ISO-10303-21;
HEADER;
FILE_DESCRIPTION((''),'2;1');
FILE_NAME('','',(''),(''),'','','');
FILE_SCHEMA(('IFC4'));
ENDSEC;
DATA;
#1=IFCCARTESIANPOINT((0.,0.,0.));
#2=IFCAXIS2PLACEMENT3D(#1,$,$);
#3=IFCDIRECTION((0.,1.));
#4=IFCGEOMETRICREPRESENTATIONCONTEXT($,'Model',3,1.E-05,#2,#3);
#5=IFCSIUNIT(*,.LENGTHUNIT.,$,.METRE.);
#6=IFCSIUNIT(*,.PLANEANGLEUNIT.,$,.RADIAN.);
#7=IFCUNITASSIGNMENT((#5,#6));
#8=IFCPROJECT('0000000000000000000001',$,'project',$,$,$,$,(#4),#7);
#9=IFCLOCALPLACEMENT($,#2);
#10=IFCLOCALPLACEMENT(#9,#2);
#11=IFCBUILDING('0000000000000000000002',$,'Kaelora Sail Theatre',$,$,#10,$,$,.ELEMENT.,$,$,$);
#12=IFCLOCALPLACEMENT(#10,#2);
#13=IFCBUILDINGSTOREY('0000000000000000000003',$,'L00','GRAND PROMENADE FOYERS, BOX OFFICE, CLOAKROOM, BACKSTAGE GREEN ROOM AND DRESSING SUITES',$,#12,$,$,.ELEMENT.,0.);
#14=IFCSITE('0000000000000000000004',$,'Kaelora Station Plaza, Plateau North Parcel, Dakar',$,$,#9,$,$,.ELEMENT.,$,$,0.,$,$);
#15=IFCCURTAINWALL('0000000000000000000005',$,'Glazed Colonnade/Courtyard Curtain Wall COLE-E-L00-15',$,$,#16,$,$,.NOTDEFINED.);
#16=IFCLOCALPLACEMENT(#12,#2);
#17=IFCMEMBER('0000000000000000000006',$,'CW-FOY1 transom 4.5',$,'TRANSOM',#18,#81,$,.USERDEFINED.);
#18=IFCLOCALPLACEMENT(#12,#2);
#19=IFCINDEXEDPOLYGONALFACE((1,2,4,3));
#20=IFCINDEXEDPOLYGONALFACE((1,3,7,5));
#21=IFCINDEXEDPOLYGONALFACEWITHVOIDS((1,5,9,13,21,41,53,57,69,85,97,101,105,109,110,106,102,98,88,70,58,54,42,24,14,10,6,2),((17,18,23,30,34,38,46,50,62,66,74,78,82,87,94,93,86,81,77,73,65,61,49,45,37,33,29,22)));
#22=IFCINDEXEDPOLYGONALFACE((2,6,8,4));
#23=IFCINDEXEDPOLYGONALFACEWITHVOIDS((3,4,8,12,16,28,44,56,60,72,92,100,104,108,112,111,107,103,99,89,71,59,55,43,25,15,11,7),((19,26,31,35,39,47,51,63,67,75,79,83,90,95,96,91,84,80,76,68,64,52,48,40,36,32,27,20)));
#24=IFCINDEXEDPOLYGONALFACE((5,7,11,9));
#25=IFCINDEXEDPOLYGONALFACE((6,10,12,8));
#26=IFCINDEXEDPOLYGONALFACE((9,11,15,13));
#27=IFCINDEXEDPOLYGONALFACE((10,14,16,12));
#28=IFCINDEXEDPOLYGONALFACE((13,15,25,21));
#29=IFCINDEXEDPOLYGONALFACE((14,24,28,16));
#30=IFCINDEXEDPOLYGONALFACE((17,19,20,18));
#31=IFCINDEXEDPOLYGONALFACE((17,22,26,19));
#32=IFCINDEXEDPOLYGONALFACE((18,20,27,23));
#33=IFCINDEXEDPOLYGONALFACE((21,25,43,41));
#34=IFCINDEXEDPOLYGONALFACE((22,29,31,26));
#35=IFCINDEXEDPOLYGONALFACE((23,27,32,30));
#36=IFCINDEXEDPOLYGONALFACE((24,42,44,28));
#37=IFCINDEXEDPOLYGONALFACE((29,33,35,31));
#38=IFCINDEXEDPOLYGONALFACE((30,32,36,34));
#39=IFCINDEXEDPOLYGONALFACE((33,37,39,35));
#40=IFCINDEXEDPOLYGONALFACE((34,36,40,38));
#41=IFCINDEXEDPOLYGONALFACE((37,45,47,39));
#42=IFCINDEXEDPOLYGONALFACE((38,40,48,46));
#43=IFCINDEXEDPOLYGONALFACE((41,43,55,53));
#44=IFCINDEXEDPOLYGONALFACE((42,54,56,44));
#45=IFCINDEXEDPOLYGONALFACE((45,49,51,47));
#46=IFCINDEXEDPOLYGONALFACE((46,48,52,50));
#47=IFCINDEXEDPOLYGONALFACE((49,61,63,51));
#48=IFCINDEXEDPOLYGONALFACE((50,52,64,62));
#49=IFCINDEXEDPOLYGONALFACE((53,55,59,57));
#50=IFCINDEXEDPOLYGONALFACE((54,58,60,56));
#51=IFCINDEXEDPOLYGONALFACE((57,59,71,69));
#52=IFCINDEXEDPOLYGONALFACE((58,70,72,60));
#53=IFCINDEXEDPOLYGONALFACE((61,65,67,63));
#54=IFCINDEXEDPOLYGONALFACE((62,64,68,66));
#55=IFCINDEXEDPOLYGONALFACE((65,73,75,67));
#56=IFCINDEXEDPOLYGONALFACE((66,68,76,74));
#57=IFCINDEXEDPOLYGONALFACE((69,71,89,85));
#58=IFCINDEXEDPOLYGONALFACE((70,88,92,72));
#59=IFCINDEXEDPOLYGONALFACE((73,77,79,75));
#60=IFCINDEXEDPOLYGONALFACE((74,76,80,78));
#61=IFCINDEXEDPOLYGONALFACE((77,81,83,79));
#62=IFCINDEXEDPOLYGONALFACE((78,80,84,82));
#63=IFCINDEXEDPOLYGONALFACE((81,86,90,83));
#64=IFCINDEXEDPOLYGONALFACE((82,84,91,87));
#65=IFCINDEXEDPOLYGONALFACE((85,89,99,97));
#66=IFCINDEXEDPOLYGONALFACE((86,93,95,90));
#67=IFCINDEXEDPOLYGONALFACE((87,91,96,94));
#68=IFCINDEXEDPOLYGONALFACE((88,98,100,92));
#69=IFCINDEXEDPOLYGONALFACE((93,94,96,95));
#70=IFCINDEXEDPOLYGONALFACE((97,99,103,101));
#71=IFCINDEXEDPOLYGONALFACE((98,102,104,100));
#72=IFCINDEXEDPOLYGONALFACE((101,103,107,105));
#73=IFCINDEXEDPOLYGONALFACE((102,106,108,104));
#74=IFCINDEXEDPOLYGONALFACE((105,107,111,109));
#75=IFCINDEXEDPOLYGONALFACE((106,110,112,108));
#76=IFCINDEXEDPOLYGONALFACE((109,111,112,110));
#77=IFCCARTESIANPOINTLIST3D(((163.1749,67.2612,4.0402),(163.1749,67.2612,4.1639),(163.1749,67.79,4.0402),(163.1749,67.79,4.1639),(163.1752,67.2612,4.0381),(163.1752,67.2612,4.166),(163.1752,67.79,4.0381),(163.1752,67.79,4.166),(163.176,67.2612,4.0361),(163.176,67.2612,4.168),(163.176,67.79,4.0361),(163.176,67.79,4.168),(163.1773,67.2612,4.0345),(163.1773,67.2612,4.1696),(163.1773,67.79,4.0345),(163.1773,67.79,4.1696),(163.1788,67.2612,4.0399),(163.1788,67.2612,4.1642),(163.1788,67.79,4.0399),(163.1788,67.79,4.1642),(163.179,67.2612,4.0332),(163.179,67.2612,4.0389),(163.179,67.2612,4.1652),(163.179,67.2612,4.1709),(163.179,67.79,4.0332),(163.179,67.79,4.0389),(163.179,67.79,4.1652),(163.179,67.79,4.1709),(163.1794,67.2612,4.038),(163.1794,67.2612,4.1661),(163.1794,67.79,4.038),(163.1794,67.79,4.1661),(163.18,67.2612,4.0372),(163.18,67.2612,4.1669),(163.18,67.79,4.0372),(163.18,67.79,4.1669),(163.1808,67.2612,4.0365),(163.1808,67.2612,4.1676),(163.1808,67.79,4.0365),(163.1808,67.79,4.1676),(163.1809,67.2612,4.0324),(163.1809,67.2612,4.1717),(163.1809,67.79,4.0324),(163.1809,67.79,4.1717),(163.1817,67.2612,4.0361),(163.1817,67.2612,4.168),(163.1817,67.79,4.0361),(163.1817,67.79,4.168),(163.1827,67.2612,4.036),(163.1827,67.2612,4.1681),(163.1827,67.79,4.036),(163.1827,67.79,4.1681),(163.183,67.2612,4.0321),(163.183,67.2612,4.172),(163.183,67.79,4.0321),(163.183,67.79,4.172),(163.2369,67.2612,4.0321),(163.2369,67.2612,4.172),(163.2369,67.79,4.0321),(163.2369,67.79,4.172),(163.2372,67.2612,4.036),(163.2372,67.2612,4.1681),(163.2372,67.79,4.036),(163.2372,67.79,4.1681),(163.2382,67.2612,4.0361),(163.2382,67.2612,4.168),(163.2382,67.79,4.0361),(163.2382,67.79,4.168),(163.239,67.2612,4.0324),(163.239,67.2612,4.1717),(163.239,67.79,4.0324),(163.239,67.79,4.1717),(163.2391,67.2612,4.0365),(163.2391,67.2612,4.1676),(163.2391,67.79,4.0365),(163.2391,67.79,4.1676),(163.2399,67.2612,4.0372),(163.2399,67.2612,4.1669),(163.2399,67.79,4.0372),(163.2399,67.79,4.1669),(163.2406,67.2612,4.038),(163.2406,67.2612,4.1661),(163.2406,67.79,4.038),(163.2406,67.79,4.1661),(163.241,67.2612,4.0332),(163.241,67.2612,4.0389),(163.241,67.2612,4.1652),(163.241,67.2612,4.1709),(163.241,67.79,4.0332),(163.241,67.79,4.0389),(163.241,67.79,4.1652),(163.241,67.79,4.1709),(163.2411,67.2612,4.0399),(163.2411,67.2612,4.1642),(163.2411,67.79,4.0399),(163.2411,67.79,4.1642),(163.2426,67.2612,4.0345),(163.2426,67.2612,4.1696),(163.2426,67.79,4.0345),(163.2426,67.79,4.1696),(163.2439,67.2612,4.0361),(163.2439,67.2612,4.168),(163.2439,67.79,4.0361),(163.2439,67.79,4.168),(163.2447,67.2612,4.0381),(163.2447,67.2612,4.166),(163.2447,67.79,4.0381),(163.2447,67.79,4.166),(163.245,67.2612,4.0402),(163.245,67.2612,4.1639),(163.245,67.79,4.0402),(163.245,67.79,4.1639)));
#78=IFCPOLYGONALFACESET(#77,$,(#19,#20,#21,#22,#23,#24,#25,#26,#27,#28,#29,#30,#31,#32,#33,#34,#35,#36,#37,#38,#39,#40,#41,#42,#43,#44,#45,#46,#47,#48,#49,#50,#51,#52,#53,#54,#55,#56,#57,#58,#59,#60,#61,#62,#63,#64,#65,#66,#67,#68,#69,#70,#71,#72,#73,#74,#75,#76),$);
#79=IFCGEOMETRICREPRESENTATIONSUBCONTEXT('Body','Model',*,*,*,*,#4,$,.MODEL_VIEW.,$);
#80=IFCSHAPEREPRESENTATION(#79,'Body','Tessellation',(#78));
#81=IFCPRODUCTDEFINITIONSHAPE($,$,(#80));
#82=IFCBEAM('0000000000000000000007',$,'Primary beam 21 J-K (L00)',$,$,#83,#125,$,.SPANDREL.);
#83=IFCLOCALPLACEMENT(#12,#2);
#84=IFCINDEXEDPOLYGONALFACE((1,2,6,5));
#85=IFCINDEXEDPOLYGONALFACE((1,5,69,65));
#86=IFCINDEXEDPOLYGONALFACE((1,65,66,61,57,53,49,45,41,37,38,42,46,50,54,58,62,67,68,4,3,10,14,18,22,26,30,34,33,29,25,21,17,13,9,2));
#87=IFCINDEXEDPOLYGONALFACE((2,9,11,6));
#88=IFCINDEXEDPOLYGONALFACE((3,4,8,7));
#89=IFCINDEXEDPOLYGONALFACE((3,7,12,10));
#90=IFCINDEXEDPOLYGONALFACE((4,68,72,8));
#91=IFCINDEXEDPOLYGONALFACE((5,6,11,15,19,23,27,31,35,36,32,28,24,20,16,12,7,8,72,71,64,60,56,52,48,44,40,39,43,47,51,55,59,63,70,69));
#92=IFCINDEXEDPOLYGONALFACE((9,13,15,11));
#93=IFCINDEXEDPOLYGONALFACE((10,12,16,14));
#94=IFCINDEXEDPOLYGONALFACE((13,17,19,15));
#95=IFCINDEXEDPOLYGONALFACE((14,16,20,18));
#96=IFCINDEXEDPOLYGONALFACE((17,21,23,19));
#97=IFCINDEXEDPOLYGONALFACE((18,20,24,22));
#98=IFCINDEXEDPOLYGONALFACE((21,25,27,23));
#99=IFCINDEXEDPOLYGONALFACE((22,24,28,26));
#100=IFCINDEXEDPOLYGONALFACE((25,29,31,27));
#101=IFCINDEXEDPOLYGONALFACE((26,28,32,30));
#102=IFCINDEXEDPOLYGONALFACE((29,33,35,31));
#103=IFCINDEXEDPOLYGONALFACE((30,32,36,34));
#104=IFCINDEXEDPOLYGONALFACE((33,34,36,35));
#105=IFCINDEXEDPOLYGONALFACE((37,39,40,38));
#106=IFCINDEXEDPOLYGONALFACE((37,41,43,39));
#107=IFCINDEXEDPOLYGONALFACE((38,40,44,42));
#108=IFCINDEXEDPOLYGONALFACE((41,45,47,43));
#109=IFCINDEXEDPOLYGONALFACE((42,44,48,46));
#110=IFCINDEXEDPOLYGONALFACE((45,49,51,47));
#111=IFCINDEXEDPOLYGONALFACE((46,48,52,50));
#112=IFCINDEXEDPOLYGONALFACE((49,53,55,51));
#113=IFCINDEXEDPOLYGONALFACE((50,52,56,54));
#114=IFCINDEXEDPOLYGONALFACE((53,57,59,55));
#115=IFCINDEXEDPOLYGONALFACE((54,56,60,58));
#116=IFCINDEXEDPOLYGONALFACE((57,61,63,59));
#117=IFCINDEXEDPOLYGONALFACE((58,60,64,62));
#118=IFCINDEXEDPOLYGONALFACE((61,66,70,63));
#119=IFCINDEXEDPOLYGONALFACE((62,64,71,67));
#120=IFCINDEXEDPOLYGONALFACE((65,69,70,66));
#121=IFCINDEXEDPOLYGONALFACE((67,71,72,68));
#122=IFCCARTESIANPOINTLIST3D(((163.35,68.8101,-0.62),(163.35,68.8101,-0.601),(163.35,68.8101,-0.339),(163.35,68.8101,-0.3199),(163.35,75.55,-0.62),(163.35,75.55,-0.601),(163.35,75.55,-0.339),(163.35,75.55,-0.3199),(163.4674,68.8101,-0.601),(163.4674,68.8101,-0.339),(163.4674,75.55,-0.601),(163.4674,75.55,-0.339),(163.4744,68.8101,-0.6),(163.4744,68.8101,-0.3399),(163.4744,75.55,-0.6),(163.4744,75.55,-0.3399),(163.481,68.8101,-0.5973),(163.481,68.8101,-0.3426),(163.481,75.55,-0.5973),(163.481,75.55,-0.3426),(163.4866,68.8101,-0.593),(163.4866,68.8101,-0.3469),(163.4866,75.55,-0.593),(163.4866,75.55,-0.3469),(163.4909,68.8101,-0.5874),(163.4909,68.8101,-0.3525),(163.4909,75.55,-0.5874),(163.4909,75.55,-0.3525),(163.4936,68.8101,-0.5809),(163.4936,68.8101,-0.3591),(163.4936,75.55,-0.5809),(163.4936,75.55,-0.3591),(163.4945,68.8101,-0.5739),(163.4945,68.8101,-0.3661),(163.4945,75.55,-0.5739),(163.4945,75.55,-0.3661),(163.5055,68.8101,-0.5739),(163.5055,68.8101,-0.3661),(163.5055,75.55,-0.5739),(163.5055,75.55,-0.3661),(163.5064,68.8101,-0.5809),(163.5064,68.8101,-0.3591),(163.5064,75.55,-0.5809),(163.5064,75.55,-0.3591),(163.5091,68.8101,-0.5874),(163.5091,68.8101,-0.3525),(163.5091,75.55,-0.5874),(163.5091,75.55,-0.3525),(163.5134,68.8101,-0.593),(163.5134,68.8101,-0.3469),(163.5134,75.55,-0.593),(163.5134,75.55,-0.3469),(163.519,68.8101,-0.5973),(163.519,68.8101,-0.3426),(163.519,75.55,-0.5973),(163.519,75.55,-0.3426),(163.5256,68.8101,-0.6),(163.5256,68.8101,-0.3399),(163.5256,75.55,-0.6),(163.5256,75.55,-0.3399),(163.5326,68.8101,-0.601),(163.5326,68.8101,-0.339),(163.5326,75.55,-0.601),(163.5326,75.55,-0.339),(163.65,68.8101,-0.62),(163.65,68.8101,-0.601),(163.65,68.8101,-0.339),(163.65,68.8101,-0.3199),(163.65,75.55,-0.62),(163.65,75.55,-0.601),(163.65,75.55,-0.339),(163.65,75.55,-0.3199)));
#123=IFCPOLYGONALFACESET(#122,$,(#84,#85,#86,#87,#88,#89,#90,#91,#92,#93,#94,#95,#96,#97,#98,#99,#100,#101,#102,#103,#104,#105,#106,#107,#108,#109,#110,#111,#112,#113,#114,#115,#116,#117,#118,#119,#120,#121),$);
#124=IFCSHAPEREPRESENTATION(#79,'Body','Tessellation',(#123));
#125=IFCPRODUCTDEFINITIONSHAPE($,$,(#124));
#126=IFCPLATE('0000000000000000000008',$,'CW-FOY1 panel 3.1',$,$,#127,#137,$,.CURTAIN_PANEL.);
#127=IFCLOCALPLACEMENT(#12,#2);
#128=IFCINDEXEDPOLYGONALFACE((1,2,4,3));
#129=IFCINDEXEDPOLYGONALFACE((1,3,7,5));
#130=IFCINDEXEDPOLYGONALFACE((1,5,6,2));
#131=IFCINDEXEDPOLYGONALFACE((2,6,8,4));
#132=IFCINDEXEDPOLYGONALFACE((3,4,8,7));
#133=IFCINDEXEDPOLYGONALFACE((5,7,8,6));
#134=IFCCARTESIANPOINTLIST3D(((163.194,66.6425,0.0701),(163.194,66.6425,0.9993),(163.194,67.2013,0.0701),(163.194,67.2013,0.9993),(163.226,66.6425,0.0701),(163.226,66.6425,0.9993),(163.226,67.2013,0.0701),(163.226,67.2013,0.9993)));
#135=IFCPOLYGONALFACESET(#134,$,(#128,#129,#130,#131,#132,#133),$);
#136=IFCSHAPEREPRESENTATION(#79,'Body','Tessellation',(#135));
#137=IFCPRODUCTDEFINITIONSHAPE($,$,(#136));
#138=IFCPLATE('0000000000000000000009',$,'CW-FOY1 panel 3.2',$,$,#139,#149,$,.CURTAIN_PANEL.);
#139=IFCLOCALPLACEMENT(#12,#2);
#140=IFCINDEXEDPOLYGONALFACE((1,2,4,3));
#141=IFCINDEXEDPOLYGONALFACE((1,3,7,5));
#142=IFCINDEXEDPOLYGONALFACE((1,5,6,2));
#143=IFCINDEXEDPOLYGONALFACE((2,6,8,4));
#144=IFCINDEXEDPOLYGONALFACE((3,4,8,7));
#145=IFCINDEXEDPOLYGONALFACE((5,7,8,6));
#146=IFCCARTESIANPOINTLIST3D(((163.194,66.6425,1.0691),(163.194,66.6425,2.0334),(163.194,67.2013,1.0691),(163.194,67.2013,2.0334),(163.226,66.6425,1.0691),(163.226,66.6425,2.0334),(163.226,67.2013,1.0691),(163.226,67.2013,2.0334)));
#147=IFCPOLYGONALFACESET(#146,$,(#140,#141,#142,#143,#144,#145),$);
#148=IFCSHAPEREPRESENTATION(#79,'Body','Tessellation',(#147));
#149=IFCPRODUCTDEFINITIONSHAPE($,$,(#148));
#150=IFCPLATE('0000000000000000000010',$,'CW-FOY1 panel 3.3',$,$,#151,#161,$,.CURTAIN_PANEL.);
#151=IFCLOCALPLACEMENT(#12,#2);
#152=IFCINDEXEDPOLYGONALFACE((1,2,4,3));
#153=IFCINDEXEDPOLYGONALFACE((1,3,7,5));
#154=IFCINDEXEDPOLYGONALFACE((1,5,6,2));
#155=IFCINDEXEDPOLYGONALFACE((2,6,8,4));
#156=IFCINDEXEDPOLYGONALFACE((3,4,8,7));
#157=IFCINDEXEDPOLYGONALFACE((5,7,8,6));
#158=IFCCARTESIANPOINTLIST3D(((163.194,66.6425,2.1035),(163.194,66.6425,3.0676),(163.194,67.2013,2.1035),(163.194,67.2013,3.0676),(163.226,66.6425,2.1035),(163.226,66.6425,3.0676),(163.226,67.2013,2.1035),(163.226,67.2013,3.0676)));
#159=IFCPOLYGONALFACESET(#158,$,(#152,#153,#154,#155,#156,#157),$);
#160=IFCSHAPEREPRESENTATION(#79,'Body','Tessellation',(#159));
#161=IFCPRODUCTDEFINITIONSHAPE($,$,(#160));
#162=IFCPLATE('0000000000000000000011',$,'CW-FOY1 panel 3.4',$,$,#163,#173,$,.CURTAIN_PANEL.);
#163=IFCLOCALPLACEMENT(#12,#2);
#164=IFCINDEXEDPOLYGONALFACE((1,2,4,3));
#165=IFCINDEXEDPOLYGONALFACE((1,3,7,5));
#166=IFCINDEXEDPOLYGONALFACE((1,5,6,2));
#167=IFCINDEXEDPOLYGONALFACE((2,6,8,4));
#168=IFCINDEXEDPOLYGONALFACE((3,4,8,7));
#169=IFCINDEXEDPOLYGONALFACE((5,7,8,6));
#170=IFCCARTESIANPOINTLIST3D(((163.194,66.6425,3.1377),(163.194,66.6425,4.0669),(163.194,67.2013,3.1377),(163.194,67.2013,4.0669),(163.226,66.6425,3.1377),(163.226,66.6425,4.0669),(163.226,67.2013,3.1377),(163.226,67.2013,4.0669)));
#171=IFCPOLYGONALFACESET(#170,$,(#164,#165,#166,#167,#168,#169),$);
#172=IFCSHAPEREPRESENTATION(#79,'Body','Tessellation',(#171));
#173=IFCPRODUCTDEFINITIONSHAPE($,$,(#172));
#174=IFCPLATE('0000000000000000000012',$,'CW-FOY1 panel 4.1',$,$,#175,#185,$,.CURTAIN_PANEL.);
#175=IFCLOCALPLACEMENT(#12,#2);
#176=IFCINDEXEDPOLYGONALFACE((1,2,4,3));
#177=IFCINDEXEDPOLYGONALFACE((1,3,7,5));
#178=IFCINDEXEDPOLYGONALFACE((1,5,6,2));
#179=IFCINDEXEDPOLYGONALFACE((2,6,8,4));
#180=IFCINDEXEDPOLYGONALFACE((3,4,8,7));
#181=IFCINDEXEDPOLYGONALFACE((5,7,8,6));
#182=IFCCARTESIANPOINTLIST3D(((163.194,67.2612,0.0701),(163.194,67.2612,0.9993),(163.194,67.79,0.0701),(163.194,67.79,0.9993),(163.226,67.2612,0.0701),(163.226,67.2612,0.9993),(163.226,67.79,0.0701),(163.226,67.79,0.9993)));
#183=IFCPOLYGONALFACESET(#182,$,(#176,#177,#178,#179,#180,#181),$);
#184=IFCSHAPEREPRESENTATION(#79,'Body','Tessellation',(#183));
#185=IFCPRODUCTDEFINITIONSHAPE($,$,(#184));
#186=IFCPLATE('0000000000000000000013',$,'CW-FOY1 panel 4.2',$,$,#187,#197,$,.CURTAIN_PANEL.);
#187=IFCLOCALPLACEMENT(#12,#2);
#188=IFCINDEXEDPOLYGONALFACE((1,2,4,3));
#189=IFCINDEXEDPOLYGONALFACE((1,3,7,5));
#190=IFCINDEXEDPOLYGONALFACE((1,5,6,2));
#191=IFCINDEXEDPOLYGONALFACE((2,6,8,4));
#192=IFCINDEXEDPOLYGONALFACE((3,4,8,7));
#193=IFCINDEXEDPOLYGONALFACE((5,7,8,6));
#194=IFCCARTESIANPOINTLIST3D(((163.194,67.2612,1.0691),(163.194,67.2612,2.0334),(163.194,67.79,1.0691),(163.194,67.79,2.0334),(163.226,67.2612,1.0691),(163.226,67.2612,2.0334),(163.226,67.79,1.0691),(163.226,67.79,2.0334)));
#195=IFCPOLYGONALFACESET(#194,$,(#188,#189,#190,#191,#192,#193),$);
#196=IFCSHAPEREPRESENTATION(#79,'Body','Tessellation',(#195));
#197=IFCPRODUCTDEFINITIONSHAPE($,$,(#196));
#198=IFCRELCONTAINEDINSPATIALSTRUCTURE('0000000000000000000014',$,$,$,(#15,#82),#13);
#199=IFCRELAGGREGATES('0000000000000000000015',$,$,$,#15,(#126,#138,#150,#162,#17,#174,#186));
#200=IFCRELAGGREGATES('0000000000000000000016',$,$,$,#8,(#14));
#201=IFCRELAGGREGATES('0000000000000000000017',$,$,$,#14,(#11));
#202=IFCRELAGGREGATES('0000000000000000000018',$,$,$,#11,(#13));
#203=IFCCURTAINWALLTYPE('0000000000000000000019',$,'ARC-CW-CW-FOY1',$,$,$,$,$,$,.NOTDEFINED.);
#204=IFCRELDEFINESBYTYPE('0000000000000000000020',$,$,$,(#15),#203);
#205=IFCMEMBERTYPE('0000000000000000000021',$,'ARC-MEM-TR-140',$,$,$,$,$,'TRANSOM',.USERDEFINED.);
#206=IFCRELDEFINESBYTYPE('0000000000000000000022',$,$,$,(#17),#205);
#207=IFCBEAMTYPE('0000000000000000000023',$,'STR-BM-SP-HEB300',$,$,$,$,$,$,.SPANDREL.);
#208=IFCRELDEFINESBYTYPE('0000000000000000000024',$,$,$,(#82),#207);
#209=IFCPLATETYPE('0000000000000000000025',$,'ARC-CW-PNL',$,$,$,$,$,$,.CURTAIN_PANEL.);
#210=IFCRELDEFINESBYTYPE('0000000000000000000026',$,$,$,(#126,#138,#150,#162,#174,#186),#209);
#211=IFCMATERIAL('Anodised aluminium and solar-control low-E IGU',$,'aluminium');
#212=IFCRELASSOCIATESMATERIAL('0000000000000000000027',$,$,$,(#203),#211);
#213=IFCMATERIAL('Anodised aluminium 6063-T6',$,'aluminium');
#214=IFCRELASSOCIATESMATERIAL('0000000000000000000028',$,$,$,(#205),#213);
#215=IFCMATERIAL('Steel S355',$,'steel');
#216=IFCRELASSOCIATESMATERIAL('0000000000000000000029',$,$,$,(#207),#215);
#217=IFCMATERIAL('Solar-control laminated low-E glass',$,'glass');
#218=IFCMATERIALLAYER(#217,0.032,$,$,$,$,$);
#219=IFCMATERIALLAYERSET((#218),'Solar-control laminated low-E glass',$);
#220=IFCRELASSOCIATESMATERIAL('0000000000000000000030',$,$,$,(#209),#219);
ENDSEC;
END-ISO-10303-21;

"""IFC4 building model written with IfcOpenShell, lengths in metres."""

from ifc_helpers import new_model, si_unit, direction, frame, origin, origin_2d, place, context, subcontext, project, spatial, rectangle, hollow_rectangle, i_section, extrude, material, layer, layer_set, material_profile, profile_set, type_object, element, aggregate, save


model = new_model("IFC4")

# Units and contexts
model_context = context("Model", 3, precision=1e-05, world=origin(), true_north=direction((0.0, 1.0)))
body_context = subcontext(model_context, "Body", "Model", "MODEL_VIEW")
ifc_project = project(units=[si_unit("LENGTHUNIT", "METRE"), si_unit("PLANEANGLEUNIT", "RADIAN")], contexts=[model_context])

# Site, building, storey
site_placement = place(None, origin())
site = spatial("IfcSite", under=ifc_project, at=site_placement, Name="Kaelora Station Plaza, Plateau North Parcel, Dakar", CompositionType="ELEMENT", RefElevation=0.0)
building_placement = place(site_placement, origin())
building = spatial("IfcBuilding", under=site, at=building_placement, Name="Kaelora Sail Theatre", CompositionType="ELEMENT")
storey_placement = place(building_placement, origin())
storey = spatial("IfcBuildingStorey", under=building, at=storey_placement, Name="L00", Description="GRAND PROMENADE FOYERS, BOX OFFICE, CLOAKROOM, BACKSTAGE GREEN ROOM AND DRESSING SUITES", CompositionType="ELEMENT", Elevation=0.0)

# Curtain wall, member
ifc_material_1 = material(Name="Anodised aluminium and solar-control low-E IGU", Category="aluminium")
curtain_wall_type = type_object("IfcCurtainWallType", Name="ARC-CW-CW-FOY1", PredefinedType="NOTDEFINED", material=ifc_material_1)
curtain_wall_placement = place(storey_placement, origin())
curtain_wall = element("IfcCurtainWall", 1, at=curtain_wall_placement, inside=storey, type_object=curtain_wall_type, Name="Glazed Colonnade/Courtyard Curtain Wall COLE-E-L00-15", PredefinedType="NOTDEFINED")
ifc_material_2 = material(Name="Anodised aluminium 6063-T6", Category="aluminium")
ifc_material_profile_1 = material_profile(ifc_material_2, hollow_rectangle(XDim=0.0701, YDim=0.1399, WallThickness=0.0039, InnerFilletRadius=0.0039, OuterFilletRadius=0.0081, at=origin_2d()), Name="ALU-TRAN 70x140x4")
ifc_profile_set_1 = profile_set([ifc_material_profile_1], Name="Anodised aluminium 6063-T6")
member_type_1 = type_object("IfcMemberType", Name="ARC-MEM-TR-140", ElementType="TRANSOM", PredefinedType="USERDEFINED", material=ifc_profile_set_1)
member_1_placement = place(storey_placement, frame((163.21, 67.2612, 4.1021), z_axis=(0.0, 1.0, 0.0), x_axis=(-1.0, 0.0, 0.0)))
member_1 = element("IfcMember", 2, at=member_1_placement, type_object=member_type_1, Name="CW-FOY1 transom 4.5", ObjectType="TRANSOM", PredefinedType="USERDEFINED", context=body_context, shape_type="SweptSolid", body=[
    extrude(hollow_rectangle(XDim=0.0701, YDim=0.1399, WallThickness=0.0039, InnerFilletRadius=0.0039, OuterFilletRadius=0.0081, at=origin_2d()), origin(), (0.0, 0.0, 1.0), 0.5288),
])

# Beam
ifc_material_3 = material(Name="Steel S355", Category="steel")
ifc_material_profile_2 = material_profile(ifc_material_3, i_section(OverallWidth=0.3, OverallDepth=0.3, WebThickness=0.011, FlangeThickness=0.019, FilletRadius=0.0271, at=origin_2d()), Name="HEB 300")
ifc_profile_set_2 = profile_set([ifc_material_profile_2], Name="Steel S355")
beam_type = type_object("IfcBeamType", Name="STR-BM-SP-HEB300", PredefinedType="SPANDREL", material=ifc_profile_set_2)
beam_placement = place(storey_placement, frame((163.5, 68.8101, -0.47), z_axis=(0.0, 1.0, 0.0), x_axis=(-1.0, 0.0, 0.0)))
element("IfcBeam", 3, at=beam_placement, inside=storey, type_object=beam_type, Name="Primary beam 21 J-K (L00)", PredefinedType="SPANDREL", context=body_context, shape_type="SweptSolid", body=[
    extrude(i_section(OverallWidth=0.3, OverallDepth=0.3, WebThickness=0.011, FlangeThickness=0.019, FilletRadius=0.0271, at=origin_2d()), origin(), (0.0, 0.0, 1.0), 6.74),
])

# Plates
ifc_material_4 = material(Name="Solar-control laminated low-E glass", Category="glass")
ifc_layer_1 = layer(ifc_material_4, 0.032)
ifc_layer_set_1 = layer_set([ifc_layer_1], Name="Solar-control laminated low-E glass")
plate_type = type_object("IfcPlateType", Name="ARC-CW-PNL", PredefinedType="CURTAIN_PANEL", material=ifc_layer_set_1)
plate_1_placement = place(storey_placement, frame((163.21, 66.9219, 0.0701), z_axis=(0.0, 0.0, 1.0), x_axis=(0.0, 1.0, 0.0)))
plate_1 = element("IfcPlate", 4, at=plate_1_placement, type_object=plate_type, Name="CW-FOY1 panel 3.1", PredefinedType="CURTAIN_PANEL", context=body_context, shape_type="SweptSolid", body=[
    extrude(rectangle(XDim=0.5588, YDim=0.032, at=origin_2d()), origin(), (0.0, 0.0, 1.0), 0.9292),
])
plate_2_placement = place(storey_placement, frame((163.21, 66.9219, 1.0691), z_axis=(0.0, 0.0, 1.0), x_axis=(0.0, 1.0, 0.0)))
plate_2 = element("IfcPlate", 5, at=plate_2_placement, type_object=plate_type, Name="CW-FOY1 panel 3.2", PredefinedType="CURTAIN_PANEL", context=body_context, shape_type="SweptSolid", body=[
    extrude(rectangle(XDim=0.5588, YDim=0.032, at=origin_2d()), origin(), (0.0, 0.0, 1.0), 0.9644),
])
plate_3_placement = place(storey_placement, frame((163.21, 66.9219, 2.1035), z_axis=(0.0, 0.0, 1.0), x_axis=(0.0, 1.0, 0.0)))
plate_3 = element("IfcPlate", 6, at=plate_3_placement, type_object=plate_type, Name="CW-FOY1 panel 3.3", PredefinedType="CURTAIN_PANEL", context=body_context, shape_type="SweptSolid", body=[
    extrude(rectangle(XDim=0.5588, YDim=0.032, at=origin_2d()), origin(), (0.0, 0.0, 1.0), 0.9641),
])
plate_4_placement = place(storey_placement, frame((163.21, 66.9219, 3.1377), z_axis=(0.0, 0.0, 1.0), x_axis=(0.0, 1.0, 0.0)))
plate_4 = element("IfcPlate", 7, at=plate_4_placement, type_object=plate_type, Name="CW-FOY1 panel 3.4", PredefinedType="CURTAIN_PANEL", context=body_context, shape_type="SweptSolid", body=[
    extrude(rectangle(XDim=0.5588, YDim=0.032, at=origin_2d()), origin(), (0.0, 0.0, 1.0), 0.9292),
])
plate_5_placement = place(storey_placement, frame((163.21, 67.5256, 0.0701), z_axis=(0.0, 0.0, 1.0), x_axis=(0.0, 1.0, 0.0)))
plate_5 = element("IfcPlate", 8, at=plate_5_placement, type_object=plate_type, Name="CW-FOY1 panel 4.1", PredefinedType="CURTAIN_PANEL", context=body_context, shape_type="SweptSolid", body=[
    extrude(rectangle(XDim=0.5288, YDim=0.032, at=origin_2d()), origin(), (0.0, 0.0, 1.0), 0.9292),
])
plate_6_placement = place(storey_placement, frame((163.21, 67.5256, 1.0691), z_axis=(0.0, 0.0, 1.0), x_axis=(0.0, 1.0, 0.0)))
plate_6 = element("IfcPlate", 9, at=plate_6_placement, type_object=plate_type, Name="CW-FOY1 panel 4.2", PredefinedType="CURTAIN_PANEL", context=body_context, shape_type="SweptSolid", body=[
    extrude(rectangle(XDim=0.5288, YDim=0.032, at=origin_2d()), origin(), (0.0, 0.0, 1.0), 0.9644),
])
aggregate(curtain_wall, [plate_1, plate_2, plate_3, plate_4, member_1, plate_5, plate_6])

save(model, "model.ifc")
